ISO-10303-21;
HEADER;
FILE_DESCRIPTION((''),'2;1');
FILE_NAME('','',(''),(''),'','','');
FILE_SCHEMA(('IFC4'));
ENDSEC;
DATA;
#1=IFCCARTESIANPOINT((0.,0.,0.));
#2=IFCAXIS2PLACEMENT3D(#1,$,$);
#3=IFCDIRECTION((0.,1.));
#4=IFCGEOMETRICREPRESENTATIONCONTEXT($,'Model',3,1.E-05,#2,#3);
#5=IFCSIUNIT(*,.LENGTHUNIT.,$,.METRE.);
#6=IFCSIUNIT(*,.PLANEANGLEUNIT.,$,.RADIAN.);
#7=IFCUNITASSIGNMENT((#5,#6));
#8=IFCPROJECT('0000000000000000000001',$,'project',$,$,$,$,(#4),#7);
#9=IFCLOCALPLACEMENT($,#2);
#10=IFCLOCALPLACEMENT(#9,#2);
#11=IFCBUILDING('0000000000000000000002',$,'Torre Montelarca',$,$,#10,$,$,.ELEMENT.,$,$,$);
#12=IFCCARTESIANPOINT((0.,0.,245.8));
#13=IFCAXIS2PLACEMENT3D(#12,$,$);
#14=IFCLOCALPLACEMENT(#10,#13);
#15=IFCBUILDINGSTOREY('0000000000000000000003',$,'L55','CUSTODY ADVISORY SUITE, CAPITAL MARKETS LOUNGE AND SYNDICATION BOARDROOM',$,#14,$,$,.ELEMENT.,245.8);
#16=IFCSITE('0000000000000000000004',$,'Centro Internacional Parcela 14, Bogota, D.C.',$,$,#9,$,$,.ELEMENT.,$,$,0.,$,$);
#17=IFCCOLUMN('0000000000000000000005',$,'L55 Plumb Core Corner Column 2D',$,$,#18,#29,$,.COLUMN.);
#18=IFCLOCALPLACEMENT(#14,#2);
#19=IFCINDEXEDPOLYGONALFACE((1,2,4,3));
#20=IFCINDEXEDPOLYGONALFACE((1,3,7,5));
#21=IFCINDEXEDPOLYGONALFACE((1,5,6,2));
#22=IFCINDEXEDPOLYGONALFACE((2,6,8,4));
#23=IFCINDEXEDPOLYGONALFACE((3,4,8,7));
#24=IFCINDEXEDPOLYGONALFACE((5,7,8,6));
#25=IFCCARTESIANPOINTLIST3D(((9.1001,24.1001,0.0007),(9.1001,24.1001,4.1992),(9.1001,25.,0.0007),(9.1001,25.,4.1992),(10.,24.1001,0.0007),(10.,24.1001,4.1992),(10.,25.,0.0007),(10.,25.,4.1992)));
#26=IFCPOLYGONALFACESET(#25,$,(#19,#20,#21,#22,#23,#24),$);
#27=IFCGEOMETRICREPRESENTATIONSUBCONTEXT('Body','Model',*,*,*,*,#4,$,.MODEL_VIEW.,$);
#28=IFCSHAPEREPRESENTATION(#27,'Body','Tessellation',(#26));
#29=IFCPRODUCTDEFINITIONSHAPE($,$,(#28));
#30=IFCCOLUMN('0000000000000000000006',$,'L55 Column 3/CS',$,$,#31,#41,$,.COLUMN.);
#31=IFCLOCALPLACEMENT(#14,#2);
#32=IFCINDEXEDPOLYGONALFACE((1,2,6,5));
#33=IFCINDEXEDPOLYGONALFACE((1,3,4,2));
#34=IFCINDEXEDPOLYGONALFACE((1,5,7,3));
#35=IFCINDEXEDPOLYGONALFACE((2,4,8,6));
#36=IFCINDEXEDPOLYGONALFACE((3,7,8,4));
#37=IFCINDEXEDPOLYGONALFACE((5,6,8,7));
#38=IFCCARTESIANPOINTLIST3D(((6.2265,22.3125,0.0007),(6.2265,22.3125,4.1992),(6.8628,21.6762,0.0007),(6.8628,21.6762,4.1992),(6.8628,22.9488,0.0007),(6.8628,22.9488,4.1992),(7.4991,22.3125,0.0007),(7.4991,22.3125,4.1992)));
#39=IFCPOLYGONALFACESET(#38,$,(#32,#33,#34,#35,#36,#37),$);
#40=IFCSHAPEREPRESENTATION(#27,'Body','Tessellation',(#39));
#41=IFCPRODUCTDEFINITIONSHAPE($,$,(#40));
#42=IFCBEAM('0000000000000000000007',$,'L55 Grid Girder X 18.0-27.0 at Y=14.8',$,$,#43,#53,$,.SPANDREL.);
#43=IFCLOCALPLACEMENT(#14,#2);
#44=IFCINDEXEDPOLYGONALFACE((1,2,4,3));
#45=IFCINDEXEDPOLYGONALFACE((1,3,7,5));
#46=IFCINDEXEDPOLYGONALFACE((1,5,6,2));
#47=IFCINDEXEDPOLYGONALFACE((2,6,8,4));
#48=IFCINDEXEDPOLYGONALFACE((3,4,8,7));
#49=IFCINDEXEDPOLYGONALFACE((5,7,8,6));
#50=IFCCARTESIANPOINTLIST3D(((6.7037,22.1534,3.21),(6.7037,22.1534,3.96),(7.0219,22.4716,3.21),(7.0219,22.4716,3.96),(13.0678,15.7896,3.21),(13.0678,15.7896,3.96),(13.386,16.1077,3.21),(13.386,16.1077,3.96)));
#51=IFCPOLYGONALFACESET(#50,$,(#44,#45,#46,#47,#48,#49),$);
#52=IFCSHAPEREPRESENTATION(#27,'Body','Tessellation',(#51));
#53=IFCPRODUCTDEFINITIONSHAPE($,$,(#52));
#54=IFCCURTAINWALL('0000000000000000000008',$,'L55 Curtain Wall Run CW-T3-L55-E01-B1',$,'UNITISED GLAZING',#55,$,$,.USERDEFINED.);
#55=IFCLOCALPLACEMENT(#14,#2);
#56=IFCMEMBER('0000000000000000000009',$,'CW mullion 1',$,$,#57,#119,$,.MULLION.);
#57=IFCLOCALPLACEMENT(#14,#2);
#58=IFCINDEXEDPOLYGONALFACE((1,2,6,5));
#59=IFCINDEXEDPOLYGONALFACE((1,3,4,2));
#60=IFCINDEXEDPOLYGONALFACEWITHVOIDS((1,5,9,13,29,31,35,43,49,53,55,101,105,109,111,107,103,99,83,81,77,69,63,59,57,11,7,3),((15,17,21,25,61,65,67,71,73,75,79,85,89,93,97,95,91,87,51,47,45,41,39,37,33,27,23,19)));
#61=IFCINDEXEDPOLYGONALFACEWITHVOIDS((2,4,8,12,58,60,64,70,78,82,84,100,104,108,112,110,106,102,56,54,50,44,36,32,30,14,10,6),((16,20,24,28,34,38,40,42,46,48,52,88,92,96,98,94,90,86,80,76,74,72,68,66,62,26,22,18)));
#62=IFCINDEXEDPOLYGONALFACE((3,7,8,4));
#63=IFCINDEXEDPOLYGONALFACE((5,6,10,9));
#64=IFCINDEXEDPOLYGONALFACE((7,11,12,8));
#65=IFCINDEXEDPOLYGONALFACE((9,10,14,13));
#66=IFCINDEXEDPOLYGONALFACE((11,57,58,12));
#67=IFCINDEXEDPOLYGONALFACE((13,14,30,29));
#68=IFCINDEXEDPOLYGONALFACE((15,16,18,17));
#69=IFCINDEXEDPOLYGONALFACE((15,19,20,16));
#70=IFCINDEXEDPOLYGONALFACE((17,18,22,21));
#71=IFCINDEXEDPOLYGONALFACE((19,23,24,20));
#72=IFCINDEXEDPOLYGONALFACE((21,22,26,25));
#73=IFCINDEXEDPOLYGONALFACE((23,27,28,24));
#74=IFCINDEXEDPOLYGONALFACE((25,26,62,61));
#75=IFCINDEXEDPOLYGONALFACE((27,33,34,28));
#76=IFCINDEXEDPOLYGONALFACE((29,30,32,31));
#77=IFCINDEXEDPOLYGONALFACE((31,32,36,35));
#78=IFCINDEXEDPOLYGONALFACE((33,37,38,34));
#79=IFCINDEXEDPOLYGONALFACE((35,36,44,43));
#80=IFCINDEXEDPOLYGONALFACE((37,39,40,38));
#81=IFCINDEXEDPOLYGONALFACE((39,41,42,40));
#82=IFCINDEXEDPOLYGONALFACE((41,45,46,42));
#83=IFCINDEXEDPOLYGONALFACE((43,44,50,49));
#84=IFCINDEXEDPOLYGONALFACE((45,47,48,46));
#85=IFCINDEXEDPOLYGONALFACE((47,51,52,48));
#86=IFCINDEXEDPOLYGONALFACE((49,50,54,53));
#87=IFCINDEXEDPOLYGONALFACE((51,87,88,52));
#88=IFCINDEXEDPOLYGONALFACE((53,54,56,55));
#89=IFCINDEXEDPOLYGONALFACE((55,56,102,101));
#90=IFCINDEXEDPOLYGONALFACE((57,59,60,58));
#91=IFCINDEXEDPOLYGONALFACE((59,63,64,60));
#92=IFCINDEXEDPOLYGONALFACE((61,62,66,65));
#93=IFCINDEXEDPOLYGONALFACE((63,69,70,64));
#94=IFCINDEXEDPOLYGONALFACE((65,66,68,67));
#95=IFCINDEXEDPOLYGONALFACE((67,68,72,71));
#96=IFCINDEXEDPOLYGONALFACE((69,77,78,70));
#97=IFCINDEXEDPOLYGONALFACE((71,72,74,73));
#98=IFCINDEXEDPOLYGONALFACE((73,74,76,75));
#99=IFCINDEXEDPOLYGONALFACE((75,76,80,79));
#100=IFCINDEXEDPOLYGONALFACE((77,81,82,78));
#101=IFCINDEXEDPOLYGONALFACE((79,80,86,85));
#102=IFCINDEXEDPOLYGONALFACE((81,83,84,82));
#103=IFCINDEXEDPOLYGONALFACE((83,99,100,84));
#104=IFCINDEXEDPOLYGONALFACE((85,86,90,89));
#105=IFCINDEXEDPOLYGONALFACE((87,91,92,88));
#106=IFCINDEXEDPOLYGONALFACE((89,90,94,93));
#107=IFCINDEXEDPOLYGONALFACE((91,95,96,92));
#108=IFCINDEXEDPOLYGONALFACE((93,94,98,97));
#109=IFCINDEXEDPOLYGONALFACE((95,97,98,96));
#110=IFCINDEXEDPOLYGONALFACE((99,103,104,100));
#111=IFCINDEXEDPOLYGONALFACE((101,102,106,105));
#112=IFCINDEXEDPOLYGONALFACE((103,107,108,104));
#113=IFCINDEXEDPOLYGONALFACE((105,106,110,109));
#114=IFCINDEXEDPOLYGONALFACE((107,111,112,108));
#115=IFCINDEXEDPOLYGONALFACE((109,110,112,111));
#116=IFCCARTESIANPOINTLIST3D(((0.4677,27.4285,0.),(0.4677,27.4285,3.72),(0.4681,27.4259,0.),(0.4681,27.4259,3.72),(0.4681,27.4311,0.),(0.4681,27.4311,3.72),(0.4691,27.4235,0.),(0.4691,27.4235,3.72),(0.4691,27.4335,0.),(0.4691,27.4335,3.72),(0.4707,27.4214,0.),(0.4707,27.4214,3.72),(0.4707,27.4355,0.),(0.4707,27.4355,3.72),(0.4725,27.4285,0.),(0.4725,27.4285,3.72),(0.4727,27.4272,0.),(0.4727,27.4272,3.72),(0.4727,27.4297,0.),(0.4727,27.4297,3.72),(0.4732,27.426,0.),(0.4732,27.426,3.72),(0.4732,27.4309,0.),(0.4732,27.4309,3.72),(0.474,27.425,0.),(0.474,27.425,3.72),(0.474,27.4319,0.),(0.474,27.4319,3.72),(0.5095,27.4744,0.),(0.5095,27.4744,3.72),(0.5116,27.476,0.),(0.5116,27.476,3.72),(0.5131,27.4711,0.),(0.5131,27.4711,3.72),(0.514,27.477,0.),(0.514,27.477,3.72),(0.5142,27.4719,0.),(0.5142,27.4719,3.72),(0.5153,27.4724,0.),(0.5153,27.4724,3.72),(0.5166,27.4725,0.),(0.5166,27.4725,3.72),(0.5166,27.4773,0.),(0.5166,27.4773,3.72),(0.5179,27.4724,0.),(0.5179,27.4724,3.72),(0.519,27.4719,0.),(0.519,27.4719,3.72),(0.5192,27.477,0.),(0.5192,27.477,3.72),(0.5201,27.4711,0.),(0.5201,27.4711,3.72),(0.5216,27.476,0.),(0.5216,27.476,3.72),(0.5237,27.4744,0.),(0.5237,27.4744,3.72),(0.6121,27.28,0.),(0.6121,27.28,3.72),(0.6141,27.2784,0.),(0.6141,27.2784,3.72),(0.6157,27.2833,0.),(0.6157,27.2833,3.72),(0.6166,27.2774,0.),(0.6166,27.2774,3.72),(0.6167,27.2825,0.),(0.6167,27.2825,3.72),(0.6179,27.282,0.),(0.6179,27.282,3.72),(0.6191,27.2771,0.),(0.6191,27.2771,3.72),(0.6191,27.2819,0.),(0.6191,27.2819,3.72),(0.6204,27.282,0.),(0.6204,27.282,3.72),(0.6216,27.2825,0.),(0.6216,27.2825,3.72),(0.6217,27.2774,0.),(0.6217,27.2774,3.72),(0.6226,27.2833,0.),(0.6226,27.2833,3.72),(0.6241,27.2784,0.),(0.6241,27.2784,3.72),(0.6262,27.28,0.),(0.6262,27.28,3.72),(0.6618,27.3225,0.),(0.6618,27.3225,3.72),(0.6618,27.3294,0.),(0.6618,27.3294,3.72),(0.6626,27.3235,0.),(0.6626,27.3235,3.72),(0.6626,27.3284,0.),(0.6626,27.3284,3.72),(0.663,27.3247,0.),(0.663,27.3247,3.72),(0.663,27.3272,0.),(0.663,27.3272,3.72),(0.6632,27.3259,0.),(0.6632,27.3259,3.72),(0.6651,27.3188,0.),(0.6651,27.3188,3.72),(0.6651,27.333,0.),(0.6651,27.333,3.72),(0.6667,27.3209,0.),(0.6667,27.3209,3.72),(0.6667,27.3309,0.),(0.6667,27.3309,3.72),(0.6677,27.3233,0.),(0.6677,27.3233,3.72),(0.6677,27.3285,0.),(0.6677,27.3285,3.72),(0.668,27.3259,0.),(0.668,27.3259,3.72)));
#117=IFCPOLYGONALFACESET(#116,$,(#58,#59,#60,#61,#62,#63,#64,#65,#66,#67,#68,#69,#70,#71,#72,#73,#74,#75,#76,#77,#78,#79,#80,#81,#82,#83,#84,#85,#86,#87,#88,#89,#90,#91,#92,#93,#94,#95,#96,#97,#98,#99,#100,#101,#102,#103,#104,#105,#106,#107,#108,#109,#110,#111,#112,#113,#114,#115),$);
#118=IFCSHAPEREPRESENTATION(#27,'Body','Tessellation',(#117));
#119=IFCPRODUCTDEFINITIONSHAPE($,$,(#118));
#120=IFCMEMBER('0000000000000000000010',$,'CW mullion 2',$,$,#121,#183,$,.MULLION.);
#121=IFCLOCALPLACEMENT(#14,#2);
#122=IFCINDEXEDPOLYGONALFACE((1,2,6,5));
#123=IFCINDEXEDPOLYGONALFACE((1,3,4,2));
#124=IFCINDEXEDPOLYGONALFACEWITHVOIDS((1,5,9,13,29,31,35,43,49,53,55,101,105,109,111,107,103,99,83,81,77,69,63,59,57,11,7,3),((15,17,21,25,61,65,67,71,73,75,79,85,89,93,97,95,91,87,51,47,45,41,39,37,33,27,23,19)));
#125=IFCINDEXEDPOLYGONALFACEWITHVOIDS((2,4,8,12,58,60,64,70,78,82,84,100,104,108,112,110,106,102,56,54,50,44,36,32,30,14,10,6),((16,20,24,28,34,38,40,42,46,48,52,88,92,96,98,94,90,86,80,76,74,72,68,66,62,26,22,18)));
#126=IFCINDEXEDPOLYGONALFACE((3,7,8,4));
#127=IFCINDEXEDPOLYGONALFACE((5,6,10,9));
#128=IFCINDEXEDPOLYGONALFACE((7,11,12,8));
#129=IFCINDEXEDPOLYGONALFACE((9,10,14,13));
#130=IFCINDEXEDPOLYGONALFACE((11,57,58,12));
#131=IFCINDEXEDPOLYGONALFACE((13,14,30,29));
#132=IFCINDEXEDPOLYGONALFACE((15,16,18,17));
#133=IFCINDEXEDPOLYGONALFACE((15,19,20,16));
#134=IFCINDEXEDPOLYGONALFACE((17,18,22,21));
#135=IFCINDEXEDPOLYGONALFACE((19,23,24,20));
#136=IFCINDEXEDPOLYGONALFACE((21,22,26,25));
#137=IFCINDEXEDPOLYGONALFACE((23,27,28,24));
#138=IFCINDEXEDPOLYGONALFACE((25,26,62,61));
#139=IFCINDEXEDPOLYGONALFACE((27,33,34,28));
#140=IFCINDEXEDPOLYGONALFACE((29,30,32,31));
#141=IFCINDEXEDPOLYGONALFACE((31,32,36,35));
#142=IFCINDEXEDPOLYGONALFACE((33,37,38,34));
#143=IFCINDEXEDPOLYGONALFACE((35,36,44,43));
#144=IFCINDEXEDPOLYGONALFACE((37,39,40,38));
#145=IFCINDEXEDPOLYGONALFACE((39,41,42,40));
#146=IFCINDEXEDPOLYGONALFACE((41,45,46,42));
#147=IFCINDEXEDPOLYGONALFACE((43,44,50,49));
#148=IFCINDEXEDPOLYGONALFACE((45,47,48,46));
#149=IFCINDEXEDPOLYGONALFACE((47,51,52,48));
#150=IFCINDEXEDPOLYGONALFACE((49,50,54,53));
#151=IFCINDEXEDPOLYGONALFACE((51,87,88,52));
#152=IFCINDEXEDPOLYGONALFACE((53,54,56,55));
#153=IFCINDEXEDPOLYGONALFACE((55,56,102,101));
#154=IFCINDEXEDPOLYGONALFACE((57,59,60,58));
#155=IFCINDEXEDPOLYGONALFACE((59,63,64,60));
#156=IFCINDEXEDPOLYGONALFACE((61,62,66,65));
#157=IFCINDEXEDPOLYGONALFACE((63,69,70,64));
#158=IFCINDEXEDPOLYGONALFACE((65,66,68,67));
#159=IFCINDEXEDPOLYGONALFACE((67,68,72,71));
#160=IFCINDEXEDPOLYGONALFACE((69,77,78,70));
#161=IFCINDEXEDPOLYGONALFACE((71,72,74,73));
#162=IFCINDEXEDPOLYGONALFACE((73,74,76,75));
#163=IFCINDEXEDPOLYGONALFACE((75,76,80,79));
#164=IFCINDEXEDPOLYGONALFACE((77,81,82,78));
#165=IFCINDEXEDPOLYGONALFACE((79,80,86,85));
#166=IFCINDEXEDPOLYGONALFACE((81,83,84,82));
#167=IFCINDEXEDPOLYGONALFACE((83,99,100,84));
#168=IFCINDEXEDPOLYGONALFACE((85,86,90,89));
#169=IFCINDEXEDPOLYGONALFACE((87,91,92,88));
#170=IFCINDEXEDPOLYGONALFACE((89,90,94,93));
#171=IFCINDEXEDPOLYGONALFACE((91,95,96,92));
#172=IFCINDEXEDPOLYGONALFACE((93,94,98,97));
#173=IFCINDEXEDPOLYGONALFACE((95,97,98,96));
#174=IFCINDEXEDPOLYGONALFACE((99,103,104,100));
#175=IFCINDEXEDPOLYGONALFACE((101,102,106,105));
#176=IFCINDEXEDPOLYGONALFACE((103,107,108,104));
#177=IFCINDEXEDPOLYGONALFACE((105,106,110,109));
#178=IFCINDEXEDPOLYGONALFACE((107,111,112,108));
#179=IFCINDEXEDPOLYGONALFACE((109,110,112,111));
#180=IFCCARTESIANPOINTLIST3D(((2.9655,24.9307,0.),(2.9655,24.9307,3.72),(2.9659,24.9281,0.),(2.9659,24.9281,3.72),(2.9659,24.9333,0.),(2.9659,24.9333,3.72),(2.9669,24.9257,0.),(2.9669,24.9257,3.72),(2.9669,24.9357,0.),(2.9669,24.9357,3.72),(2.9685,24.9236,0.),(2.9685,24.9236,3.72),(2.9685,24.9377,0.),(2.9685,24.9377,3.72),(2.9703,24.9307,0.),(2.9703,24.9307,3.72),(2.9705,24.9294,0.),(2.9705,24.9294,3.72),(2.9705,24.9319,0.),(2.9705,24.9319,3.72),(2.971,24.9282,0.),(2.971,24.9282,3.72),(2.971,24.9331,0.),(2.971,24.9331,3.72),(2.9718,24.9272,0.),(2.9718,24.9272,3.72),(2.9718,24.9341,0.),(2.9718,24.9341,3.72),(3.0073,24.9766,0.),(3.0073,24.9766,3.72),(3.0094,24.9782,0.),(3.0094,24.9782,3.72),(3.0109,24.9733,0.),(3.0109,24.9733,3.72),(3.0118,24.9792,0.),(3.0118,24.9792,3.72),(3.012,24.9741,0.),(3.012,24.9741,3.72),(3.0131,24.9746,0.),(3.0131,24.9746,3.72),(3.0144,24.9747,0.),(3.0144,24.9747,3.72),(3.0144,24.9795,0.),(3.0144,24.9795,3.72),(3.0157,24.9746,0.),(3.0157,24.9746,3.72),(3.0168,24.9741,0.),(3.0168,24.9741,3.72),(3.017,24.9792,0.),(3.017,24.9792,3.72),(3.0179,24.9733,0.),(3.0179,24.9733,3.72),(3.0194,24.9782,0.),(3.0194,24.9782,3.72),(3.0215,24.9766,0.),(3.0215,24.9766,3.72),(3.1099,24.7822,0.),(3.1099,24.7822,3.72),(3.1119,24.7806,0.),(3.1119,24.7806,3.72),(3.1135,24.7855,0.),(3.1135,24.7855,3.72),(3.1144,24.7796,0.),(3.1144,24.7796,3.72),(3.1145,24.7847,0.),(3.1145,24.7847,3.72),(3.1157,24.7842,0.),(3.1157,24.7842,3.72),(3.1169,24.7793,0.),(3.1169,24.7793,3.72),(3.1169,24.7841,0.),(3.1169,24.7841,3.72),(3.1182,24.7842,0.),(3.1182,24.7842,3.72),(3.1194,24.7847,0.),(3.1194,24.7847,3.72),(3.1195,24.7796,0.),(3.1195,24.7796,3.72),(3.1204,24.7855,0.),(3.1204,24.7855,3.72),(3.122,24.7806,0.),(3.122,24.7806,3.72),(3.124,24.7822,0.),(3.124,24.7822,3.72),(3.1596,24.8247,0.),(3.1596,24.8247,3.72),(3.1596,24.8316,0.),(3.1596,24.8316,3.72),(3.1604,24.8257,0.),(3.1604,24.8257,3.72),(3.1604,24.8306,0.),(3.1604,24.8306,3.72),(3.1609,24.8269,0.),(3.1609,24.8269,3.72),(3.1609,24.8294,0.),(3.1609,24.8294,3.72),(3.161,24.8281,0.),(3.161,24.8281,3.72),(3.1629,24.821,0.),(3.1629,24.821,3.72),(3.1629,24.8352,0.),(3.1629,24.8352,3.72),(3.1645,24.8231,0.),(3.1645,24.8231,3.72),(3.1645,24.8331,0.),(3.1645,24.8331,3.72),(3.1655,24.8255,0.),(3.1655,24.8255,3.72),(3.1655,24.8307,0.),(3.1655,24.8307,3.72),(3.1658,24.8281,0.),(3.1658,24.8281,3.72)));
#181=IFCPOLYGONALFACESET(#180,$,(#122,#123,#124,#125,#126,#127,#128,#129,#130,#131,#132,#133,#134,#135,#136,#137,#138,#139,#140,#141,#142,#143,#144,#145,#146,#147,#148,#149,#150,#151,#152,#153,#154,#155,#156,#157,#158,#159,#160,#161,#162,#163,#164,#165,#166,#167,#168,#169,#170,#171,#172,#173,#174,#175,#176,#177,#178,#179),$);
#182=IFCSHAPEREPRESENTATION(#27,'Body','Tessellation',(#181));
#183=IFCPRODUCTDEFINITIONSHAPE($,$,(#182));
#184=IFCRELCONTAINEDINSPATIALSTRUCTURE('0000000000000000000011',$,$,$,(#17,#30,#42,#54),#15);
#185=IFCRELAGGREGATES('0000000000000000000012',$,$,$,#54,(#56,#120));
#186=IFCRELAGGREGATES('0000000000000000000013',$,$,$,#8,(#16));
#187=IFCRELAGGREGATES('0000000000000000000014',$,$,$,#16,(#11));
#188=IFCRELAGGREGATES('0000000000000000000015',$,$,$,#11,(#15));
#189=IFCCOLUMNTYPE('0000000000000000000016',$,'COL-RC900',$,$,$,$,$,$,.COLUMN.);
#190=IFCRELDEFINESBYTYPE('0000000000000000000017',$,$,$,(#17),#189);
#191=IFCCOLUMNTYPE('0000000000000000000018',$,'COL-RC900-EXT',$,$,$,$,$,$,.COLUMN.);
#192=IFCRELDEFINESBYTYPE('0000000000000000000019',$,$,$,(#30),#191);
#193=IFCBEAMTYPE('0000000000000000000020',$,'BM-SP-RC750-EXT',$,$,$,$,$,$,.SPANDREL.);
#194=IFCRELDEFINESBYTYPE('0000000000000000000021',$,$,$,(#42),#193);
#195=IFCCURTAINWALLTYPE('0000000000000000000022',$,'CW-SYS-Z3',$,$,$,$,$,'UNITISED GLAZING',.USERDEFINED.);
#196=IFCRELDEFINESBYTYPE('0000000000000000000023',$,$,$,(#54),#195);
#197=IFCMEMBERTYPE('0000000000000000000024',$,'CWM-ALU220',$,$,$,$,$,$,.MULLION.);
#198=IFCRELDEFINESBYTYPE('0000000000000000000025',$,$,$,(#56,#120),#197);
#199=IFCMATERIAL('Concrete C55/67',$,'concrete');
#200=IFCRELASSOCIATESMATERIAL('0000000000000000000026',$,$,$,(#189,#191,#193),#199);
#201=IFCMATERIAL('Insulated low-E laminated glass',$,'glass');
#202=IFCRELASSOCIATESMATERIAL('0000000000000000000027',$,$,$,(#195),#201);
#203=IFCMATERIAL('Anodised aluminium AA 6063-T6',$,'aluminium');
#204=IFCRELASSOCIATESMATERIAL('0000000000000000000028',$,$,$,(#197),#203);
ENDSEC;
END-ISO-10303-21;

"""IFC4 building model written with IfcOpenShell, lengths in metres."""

from ifc_helpers import new_model, si_unit, direction, frame, origin, origin_2d, place, context, subcontext, project, spatial, rectangle, hollow_rectangle, extrude, source, transform, mapped, material, material_profile, profile_set, type_object, element, aggregate, save


model = new_model("IFC4")

# Units and contexts
model_context = context("Model", 3, precision=1e-05, world=origin(), true_north=direction((0.0, 1.0)))
body_context = subcontext(model_context, "Body", "Model", "MODEL_VIEW")
ifc_project = project(units=[si_unit("LENGTHUNIT", "METRE"), si_unit("PLANEANGLEUNIT", "RADIAN")], contexts=[model_context])

# Site, building, storey
site_placement = place(None, origin())
site = spatial("IfcSite", under=ifc_project, at=site_placement, Name="Centro Internacional Parcela 14, Bogota, D.C.", CompositionType="ELEMENT", RefElevation=0.0)
building_placement = place(site_placement, origin())
building = spatial("IfcBuilding", under=site, at=building_placement, Name="Torre Montelarca", CompositionType="ELEMENT")
storey_placement = place(building_placement, frame((0.0, 0.0, 245.8)))
storey = spatial("IfcBuildingStorey", under=building, at=storey_placement, Name="L55", Description="CUSTODY ADVISORY SUITE, CAPITAL MARKETS LOUNGE AND SYNDICATION BOARDROOM", CompositionType="ELEMENT", Elevation=245.8)

# Columns
ifc_material_1 = material(Name="Concrete C55/67", Category="concrete")
ifc_material_profile_1 = material_profile(ifc_material_1, rectangle(XDim=0.8999, YDim=0.8999, at=origin_2d()), Name="RC900X900", Category="concrete")
ifc_profile_set_1 = profile_set([ifc_material_profile_1], Name="Concrete C55/67")
column_type_1 = type_object("IfcColumnType", Name="COL-RC900", PredefinedType="COLUMN", material=ifc_profile_set_1)
shared_shape_1 = source(origin(), body_context, "Body", "SweptSolid", [
    extrude(rectangle(XDim=0.8999, YDim=0.8999, at=origin_2d()), origin(), (0.0, 0.0, 1.0), 4.1985),
])
column_1_placement = place(storey_placement, frame((9.55, 24.55, 0.0007), z_axis=(0.0, 0.0, 1.0), x_axis=(1.0, 0.0, 0.0)))
element("IfcColumn", 1, at=column_1_placement, inside=storey, type_object=column_type_1, Name="L55 Plumb Core Corner Column 2D", PredefinedType="COLUMN", context=body_context, shape_type="MappedRepresentation", body=[
    mapped(shared_shape_1, transform((0.0, 0.0, 0.0), scale=1.0)),
])
ifc_material_profile_2 = material_profile(ifc_material_1, rectangle(XDim=0.8999, YDim=0.8999, at=origin_2d()), Name="RC900X900", Category="concrete")
ifc_profile_set_2 = profile_set([ifc_material_profile_2], Name="Concrete C55/67")
column_type_2 = type_object("IfcColumnType", Name="COL-RC900-EXT", PredefinedType="COLUMN", material=ifc_profile_set_2)
shared_shape_2 = source(origin(), body_context, "Body", "SweptSolid", [
    extrude(rectangle(XDim=0.8999, YDim=0.8999, at=origin_2d()), origin(), (0.0, 0.0, 1.0), 4.1985),
])
column_2_placement = place(storey_placement, frame((6.8628, 22.3125, 0.0007), z_axis=(0.0, 0.0, 1.0), x_axis=(-0.707107, 0.707107, 0.0)))
element("IfcColumn", 2, at=column_2_placement, inside=storey, type_object=column_type_2, Name="L55 Column 3/CS", PredefinedType="COLUMN", context=body_context, shape_type="MappedRepresentation", body=[
    mapped(shared_shape_2, transform((0.0, 0.0, 0.0), scale=1.0)),
])

# Beam
ifc_material_profile_3 = material_profile(ifc_material_1, rectangle(XDim=0.45, YDim=0.75, at=origin_2d()), Name="RCB450X750", Category="concrete")
ifc_profile_set_3 = profile_set([ifc_material_profile_3], Name="Concrete C55/67")
beam_type = type_object("IfcBeamType", Name="BM-SP-RC750-EXT", PredefinedType="SPANDREL", material=ifc_profile_set_3)
shared_shape_3 = source(origin(), body_context, "Body", "SweptSolid", [
    extrude(rectangle(XDim=0.45, YDim=0.75, at=origin_2d()), origin(), (0.0, 0.0, 1.0), 9.0),
])
beam_placement = place(storey_placement, frame((6.8628, 22.3125, 3.585), z_axis=(0.70712, -0.707093, 0.0), x_axis=(0.707093, 0.70712, 0.0)))
element("IfcBeam", 3, at=beam_placement, inside=storey, type_object=beam_type, Name="L55 Grid Girder X 18.0-27.0 at Y=14.8", PredefinedType="SPANDREL", context=body_context, shape_type="MappedRepresentation", body=[
    mapped(shared_shape_3, transform((0.0, 0.0, 0.0), scale=1.0)),
])

# Curtain wall, members
ifc_material_2 = material(Name="Insulated low-E laminated glass", Category="glass")
curtain_wall_type = type_object("IfcCurtainWallType", Name="CW-SYS-Z3", ElementType="UNITISED GLAZING", PredefinedType="USERDEFINED", material=ifc_material_2)
curtain_wall_1_placement = place(storey_placement, origin())
curtain_wall_1 = element("IfcCurtainWall", 4, at=curtain_wall_1_placement, inside=storey, type_object=curtain_wall_type, Name="L55 Curtain Wall Run CW-T3-L55-E01-B1", ObjectType="UNITISED GLAZING", PredefinedType="USERDEFINED")
ifc_material_3 = material(Name="Anodised aluminium AA 6063-T6", Category="aluminium")
ifc_material_profile_4 = material_profile(ifc_material_3, hollow_rectangle(XDim=0.075, YDim=0.22, WallThickness=0.0049, InnerFilletRadius=0.0049, OuterFilletRadius=0.01, at=origin_2d()), Name="ALU75X220X5", Category="aluminium")
ifc_profile_set_4 = profile_set([ifc_material_profile_4], Name="Anodised aluminium AA 6063-T6")
member_type_1 = type_object("IfcMemberType", Name="CWM-ALU220", PredefinedType="MULLION", material=ifc_profile_set_4)
shared_shape_4 = source(origin(), body_context, "Body", "SweptSolid", [
    extrude(hollow_rectangle(XDim=0.075, YDim=0.22, WallThickness=0.0049, InnerFilletRadius=0.0049, OuterFilletRadius=0.01, at=origin_2d()), origin(), (0.0, 0.0, 1.0), 3.72),
])
member_1_placement = place(storey_placement, frame((0.5679, 27.3772, 0.0), z_axis=(0.0, 0.0, 1.0), x_axis=(0.707107, 0.707107, 0.0)))
member_1 = element("IfcMember", 5, at=member_1_placement, type_object=member_type_1, Name="CW mullion 1", PredefinedType="MULLION", context=body_context, shape_type="MappedRepresentation", body=[
    mapped(shared_shape_4, transform((0.0, 0.0, 0.0), scale=1.0)),
])
member_2_placement = place(storey_placement, frame((3.0657, 24.8794, 0.0), z_axis=(0.0, 0.0, 1.0), x_axis=(0.707107, 0.707107, 0.0)))
member_2 = element("IfcMember", 6, at=member_2_placement, type_object=member_type_1, Name="CW mullion 2", PredefinedType="MULLION", context=body_context, shape_type="MappedRepresentation", body=[
    mapped(shared_shape_4, transform((0.0, 0.0, 0.0), scale=1.0)),
])

aggregate(curtain_wall_1, [member_1, member_2])

save(model, "model.ifc")
